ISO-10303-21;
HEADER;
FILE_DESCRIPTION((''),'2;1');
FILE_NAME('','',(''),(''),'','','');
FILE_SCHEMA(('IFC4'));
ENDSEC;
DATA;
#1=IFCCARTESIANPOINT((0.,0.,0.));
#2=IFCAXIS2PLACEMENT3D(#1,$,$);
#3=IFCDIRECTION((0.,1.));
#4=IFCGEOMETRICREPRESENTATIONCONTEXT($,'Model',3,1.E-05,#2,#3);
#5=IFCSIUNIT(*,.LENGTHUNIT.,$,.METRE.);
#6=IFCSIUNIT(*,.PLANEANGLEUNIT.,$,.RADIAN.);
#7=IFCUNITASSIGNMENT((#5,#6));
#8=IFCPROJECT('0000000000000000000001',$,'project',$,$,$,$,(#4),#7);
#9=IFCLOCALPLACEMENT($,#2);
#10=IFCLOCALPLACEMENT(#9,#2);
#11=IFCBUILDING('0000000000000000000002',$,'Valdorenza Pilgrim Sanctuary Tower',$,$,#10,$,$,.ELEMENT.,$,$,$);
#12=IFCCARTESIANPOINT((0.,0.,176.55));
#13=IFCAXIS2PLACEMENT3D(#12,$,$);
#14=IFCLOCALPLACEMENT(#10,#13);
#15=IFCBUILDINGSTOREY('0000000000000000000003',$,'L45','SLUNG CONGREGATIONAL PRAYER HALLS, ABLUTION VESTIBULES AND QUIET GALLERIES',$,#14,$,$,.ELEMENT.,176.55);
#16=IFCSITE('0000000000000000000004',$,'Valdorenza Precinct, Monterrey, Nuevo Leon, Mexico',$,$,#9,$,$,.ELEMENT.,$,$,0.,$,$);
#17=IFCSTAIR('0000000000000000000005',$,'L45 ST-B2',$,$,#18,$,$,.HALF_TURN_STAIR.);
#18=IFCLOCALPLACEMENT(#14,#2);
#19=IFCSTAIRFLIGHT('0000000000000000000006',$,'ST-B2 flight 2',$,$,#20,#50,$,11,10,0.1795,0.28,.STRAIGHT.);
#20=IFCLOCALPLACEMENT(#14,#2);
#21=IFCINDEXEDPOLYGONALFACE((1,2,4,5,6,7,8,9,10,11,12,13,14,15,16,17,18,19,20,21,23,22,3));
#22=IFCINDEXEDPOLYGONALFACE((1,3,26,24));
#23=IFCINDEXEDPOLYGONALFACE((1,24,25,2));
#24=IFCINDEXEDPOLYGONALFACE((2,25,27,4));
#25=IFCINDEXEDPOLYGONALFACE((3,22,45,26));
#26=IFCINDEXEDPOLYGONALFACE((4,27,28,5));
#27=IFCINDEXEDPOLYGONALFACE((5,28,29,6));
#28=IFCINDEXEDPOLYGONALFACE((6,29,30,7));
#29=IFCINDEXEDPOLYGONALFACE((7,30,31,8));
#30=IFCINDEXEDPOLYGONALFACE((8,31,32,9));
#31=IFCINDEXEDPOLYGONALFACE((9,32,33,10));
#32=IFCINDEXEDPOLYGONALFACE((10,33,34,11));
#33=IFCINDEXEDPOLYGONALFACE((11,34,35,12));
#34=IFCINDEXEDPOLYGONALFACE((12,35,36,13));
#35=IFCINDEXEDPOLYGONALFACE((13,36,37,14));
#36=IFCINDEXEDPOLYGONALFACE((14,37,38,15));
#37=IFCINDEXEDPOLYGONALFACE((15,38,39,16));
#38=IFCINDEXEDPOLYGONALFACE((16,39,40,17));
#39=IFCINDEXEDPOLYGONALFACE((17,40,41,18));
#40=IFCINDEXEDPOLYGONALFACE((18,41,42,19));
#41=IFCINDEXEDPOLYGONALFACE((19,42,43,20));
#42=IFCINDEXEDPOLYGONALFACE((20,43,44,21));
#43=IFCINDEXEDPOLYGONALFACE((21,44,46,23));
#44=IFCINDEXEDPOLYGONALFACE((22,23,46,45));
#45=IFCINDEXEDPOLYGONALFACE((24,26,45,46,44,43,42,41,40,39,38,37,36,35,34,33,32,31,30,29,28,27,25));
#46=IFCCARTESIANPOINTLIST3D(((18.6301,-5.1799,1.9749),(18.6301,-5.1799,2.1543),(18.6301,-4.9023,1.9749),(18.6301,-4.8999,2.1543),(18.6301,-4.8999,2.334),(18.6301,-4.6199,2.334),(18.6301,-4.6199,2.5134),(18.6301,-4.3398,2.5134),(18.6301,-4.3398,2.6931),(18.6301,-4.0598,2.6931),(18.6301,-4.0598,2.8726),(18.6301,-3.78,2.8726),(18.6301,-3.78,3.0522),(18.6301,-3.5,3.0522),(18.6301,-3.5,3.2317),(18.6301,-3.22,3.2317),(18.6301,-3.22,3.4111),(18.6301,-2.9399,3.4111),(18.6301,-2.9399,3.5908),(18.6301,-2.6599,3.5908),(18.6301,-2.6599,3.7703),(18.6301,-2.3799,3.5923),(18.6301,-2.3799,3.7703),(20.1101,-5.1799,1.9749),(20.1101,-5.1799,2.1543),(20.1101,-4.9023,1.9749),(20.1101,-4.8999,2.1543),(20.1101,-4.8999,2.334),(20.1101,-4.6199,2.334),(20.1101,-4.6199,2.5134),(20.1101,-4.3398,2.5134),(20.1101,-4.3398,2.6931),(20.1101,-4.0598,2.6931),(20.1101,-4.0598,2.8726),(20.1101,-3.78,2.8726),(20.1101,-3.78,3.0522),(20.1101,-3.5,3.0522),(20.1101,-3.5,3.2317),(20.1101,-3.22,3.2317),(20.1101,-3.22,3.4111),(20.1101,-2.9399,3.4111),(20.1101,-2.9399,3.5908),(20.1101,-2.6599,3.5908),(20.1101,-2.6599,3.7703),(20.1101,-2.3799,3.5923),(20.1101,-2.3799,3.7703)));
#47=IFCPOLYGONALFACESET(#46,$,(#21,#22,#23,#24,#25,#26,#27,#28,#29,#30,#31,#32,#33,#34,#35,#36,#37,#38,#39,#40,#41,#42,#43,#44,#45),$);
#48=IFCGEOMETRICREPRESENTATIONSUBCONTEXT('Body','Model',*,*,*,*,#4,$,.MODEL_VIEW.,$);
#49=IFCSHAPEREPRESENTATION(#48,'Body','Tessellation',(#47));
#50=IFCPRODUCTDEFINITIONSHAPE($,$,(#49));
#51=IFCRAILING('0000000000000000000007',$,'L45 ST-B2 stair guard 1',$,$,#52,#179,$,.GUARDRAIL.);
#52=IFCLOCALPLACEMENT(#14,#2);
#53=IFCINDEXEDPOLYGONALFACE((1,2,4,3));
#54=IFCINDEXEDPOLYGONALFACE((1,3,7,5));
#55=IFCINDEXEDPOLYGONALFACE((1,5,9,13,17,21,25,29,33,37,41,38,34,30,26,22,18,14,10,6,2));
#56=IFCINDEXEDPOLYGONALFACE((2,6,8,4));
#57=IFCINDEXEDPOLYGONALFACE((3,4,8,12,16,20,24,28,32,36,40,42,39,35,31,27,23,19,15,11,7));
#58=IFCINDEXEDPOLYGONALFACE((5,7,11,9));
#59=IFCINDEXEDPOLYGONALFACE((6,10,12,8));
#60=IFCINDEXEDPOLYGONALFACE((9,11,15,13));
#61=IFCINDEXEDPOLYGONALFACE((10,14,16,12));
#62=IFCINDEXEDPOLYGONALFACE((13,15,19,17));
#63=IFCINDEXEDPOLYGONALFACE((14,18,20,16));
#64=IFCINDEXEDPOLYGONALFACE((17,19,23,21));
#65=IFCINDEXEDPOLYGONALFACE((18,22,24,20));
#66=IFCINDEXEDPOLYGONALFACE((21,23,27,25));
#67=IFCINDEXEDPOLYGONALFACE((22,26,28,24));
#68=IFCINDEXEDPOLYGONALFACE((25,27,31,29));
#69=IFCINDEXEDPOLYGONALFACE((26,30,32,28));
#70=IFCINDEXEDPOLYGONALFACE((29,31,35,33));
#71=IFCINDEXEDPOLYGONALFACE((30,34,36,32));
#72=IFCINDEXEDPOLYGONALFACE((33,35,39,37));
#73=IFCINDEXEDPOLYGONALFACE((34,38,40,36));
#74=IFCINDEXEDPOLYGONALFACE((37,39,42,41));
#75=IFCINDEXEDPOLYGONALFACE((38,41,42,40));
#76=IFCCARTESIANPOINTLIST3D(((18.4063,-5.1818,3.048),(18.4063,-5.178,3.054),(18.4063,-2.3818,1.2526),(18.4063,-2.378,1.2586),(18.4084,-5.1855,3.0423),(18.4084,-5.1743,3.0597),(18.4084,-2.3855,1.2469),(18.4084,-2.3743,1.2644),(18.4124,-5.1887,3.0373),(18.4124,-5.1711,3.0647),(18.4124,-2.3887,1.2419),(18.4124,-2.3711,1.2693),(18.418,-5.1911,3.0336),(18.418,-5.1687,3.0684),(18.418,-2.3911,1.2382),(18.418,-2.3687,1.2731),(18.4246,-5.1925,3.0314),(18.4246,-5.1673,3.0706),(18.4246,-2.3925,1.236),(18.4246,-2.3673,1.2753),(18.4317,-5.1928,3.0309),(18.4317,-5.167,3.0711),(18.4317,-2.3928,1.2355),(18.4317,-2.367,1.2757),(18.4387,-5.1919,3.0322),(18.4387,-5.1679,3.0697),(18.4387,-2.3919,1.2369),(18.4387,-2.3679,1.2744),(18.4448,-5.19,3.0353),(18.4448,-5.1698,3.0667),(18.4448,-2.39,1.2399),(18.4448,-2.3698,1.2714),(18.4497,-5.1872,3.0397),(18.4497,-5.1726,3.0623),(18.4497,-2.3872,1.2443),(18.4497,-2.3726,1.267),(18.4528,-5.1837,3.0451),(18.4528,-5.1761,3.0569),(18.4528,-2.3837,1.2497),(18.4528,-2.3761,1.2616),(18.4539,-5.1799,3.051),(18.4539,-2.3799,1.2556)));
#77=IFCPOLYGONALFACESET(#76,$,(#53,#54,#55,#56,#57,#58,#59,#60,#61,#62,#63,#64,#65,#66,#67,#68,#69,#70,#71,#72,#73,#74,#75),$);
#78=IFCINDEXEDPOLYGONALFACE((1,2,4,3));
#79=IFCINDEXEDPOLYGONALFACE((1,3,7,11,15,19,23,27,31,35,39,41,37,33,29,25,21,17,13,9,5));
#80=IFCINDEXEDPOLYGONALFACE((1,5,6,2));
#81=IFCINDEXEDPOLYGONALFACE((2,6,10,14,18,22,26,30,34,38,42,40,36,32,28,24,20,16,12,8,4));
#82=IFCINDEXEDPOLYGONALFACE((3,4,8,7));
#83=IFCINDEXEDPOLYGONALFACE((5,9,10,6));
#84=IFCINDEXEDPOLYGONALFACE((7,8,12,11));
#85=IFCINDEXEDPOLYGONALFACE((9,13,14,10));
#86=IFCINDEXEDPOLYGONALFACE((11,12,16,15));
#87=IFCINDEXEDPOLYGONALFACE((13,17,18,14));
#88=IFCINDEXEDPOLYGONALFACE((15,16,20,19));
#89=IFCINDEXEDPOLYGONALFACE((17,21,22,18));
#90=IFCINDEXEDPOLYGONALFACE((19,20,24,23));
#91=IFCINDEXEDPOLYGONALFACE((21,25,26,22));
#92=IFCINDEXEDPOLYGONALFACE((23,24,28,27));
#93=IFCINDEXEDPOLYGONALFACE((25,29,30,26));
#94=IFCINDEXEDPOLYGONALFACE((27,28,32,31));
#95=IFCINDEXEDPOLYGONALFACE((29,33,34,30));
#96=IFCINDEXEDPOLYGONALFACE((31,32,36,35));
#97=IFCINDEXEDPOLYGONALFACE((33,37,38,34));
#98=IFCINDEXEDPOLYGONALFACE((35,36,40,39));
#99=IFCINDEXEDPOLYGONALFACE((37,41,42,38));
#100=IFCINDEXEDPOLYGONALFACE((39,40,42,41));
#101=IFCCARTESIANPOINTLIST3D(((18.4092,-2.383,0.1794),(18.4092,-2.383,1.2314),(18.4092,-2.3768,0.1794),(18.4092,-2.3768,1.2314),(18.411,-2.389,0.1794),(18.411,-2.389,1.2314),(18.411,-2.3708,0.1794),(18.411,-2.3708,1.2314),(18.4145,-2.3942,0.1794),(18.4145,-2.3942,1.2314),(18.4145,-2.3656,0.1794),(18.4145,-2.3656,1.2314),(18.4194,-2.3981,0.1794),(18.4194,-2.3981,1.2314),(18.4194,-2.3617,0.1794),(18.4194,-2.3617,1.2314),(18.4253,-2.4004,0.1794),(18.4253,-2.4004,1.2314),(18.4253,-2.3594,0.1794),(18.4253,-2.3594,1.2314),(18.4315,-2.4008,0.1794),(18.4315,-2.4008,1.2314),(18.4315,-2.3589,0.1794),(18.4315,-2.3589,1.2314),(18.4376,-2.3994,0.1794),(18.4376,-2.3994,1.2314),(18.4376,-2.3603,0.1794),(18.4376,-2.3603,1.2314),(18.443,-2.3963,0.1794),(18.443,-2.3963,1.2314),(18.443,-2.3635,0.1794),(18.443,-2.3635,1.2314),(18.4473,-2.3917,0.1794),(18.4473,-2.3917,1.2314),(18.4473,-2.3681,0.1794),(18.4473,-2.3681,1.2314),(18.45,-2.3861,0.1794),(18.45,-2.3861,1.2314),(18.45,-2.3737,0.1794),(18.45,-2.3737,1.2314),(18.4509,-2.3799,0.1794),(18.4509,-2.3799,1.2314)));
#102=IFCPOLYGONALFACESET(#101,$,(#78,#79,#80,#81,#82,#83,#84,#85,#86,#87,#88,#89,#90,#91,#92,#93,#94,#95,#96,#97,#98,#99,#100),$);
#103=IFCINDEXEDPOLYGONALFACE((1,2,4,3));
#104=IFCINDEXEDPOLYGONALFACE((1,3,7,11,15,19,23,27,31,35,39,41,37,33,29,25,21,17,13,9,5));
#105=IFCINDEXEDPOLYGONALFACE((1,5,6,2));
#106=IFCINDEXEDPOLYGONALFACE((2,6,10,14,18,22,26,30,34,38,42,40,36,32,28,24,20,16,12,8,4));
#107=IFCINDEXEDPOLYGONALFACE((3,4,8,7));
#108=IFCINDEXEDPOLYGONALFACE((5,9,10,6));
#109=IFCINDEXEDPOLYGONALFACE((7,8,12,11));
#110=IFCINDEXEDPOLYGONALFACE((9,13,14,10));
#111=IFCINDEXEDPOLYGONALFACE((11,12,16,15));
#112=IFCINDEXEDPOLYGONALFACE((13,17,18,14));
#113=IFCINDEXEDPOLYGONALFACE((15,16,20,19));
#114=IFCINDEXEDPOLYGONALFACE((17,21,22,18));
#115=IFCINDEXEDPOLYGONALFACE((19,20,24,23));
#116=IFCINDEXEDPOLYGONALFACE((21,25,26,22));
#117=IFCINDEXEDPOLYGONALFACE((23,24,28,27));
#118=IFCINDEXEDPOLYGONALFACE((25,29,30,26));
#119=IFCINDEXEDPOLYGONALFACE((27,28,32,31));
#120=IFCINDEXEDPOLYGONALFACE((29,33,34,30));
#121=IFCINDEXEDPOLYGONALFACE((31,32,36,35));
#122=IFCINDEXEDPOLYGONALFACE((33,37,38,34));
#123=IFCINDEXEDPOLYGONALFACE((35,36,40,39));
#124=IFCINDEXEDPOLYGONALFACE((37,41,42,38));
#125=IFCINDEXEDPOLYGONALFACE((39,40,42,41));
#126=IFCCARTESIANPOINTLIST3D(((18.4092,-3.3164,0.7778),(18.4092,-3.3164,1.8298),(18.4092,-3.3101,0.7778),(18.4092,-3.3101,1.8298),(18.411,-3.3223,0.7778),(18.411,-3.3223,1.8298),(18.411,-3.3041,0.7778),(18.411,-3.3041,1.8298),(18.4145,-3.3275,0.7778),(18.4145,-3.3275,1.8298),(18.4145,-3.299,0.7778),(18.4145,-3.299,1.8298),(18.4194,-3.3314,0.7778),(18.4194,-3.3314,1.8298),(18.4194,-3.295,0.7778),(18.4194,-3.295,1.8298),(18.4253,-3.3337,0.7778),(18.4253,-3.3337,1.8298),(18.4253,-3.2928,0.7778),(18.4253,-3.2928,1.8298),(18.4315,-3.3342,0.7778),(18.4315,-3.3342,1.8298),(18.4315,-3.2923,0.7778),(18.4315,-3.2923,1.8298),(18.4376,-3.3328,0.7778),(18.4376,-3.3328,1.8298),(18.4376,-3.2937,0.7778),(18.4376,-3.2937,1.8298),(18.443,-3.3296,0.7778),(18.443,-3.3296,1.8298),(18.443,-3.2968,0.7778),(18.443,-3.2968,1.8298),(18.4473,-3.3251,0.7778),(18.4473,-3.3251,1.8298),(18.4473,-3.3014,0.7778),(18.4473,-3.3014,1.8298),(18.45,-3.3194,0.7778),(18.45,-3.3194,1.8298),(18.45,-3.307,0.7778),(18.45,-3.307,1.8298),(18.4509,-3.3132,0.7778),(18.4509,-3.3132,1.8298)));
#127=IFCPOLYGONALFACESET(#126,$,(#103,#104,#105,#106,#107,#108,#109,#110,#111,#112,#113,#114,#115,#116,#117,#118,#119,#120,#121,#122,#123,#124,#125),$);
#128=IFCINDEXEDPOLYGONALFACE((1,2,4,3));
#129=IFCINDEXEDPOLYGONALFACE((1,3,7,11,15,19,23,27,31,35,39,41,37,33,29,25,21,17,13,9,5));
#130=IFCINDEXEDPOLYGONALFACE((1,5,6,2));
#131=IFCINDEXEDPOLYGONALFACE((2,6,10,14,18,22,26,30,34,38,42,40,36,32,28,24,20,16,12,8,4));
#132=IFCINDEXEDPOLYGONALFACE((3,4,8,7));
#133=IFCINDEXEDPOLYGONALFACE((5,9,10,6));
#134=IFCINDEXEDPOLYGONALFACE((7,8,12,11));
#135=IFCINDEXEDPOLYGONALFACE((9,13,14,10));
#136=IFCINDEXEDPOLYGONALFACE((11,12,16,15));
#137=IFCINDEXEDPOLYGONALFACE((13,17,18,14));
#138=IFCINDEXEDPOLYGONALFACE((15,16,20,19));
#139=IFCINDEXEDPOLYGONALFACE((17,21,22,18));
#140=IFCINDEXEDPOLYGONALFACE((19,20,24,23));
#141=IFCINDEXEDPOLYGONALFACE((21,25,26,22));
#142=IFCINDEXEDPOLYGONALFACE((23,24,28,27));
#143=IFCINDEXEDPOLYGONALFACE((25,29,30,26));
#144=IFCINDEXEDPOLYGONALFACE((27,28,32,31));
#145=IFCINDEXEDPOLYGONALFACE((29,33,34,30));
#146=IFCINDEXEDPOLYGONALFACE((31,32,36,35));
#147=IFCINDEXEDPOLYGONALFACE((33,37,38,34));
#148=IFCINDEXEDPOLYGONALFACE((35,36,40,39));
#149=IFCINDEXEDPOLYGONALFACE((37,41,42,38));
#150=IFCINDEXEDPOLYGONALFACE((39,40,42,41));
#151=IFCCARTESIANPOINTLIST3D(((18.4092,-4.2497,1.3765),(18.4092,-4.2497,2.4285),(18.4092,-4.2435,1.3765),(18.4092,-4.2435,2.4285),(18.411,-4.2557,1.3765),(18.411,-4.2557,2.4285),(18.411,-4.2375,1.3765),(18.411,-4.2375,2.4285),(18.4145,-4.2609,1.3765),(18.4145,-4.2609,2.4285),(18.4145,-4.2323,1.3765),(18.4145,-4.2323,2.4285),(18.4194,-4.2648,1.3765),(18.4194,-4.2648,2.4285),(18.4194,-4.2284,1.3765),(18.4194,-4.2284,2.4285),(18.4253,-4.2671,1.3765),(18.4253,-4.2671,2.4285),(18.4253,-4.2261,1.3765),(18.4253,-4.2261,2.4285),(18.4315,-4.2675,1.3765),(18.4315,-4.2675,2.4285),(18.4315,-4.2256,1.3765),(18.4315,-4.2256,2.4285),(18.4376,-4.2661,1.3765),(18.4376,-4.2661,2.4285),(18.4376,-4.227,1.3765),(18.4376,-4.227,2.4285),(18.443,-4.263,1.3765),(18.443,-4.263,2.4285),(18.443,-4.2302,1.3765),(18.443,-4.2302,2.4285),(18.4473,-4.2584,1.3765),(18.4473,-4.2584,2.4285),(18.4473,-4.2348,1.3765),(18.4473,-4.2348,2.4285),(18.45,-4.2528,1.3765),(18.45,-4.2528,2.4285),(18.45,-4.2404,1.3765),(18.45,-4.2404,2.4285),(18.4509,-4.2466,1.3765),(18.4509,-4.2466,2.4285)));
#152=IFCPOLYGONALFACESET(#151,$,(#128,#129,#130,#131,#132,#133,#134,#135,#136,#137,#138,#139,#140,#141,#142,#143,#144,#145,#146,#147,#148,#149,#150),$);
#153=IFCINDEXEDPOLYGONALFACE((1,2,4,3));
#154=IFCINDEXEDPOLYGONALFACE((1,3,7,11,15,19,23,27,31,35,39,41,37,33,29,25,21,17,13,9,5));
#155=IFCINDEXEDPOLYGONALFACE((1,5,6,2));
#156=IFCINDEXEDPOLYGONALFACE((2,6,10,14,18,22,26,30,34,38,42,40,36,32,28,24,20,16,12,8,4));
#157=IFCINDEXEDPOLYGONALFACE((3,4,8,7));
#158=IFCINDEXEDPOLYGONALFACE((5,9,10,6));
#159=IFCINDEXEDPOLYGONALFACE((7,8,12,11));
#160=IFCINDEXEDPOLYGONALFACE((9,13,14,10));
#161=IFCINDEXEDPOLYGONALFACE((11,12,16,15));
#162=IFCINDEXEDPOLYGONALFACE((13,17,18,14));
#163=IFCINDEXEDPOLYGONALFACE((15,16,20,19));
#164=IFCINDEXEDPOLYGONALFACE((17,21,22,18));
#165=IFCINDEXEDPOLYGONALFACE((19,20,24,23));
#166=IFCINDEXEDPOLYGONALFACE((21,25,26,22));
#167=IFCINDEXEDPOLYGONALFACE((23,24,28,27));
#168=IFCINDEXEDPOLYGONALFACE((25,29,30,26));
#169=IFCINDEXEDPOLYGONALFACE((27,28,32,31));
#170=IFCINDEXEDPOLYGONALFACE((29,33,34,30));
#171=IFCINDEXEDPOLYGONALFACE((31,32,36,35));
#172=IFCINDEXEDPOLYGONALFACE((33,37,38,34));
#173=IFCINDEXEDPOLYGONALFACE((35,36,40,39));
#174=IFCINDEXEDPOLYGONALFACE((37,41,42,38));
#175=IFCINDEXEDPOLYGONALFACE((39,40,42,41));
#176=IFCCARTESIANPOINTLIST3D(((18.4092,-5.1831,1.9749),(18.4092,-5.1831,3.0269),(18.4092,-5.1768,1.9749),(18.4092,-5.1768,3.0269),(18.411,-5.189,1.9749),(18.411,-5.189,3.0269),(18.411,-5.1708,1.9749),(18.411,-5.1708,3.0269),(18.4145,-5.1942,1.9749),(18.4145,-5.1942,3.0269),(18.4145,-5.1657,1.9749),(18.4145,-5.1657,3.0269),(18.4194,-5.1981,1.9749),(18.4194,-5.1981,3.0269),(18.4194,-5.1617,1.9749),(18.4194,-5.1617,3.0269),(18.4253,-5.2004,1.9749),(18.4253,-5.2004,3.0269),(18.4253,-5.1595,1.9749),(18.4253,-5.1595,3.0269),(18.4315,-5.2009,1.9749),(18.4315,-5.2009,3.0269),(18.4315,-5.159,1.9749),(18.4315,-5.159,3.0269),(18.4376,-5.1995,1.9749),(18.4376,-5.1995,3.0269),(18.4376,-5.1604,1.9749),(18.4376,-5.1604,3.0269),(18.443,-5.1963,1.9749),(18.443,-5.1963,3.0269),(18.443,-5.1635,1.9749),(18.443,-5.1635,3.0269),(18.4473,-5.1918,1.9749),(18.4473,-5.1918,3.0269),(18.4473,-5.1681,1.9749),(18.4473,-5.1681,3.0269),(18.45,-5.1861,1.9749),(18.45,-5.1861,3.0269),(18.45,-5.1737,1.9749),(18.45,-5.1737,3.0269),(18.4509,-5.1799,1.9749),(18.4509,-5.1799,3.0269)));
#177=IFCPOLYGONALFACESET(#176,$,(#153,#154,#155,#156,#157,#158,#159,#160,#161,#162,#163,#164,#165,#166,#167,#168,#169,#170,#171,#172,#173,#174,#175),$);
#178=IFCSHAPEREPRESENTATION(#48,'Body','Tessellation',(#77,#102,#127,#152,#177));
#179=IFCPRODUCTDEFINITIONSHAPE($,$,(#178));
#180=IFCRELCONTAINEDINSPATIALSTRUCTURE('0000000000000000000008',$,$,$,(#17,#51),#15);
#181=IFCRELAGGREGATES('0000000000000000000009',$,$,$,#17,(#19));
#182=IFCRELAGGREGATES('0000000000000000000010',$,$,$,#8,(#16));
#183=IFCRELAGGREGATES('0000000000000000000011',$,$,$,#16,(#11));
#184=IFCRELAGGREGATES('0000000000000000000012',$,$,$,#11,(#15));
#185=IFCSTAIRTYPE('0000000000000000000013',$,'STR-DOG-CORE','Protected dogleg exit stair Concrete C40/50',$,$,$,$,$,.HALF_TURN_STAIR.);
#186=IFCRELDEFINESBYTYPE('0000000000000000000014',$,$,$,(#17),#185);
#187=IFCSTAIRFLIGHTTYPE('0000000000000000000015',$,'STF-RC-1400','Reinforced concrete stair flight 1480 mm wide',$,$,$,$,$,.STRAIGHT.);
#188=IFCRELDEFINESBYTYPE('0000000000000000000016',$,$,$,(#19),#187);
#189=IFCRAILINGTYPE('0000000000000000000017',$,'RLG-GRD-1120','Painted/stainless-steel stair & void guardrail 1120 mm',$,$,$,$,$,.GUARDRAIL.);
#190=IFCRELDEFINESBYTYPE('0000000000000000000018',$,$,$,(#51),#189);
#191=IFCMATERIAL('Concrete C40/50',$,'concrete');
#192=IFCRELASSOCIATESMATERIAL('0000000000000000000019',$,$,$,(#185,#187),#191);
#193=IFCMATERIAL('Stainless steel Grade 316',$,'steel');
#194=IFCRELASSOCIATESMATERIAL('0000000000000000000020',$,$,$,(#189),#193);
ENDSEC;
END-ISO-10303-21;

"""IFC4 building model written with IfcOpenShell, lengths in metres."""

from ifc_helpers import new_model, si_unit, direction, frame, origin, origin_2d, place, context, subcontext, project, spatial, polyline, circle, outline, extrude, material, type_object, element, aggregate, save


model = new_model("IFC4")

# Units and contexts
model_context = context("Model", 3, precision=1e-05, world=origin(), true_north=direction((0.0, 1.0)))
body_context = subcontext(model_context, "Body", "Model", "MODEL_VIEW")
ifc_project = project(units=[si_unit("LENGTHUNIT", "METRE"), si_unit("PLANEANGLEUNIT", "RADIAN")], contexts=[model_context])

# Site, building, storey
site_placement = place(None, origin())
site = spatial("IfcSite", under=ifc_project, at=site_placement, Name="Valdorenza Precinct, Monterrey, Nuevo Leon, Mexico", CompositionType="ELEMENT", RefElevation=0.0)
building_placement = place(site_placement, origin())
building = spatial("IfcBuilding", under=site, at=building_placement, Name="Valdorenza Pilgrim Sanctuary Tower", CompositionType="ELEMENT")
storey_placement = place(building_placement, frame((0.0, 0.0, 176.55)))
storey = spatial("IfcBuildingStorey", under=building, at=storey_placement, Name="L45", Description="SLUNG CONGREGATIONAL PRAYER HALLS, ABLUTION VESTIBULES AND QUIET GALLERIES", CompositionType="ELEMENT", Elevation=176.55)

# Shared definitions
ifc_material_1 = material(Name="Concrete C40/50", Category="concrete")

# Stair, stair flight
stair_type = type_object("IfcStairType", Name="STR-DOG-CORE", Description="Protected dogleg exit stair Concrete C40/50", PredefinedType="HALF_TURN_STAIR", material=ifc_material_1)
stair_placement = place(storey_placement, origin())
stair = element("IfcStair", 1, at=stair_placement, inside=storey, type_object=stair_type, Name="L45 ST-B2", PredefinedType="HALF_TURN_STAIR")
stair_flight_type = type_object("IfcStairFlightType", Name="STF-RC-1400", Description="Reinforced concrete stair flight 1480 mm wide", PredefinedType="STRAIGHT", material=ifc_material_1)
stair_flight_1_placement = place(storey_placement, frame((19.3701, -5.1799, 1.9749), z_axis=(0.0, 0.0, 1.0), x_axis=(0.0, 1.0, 0.0)))
stair_flight_1 = element("IfcStairFlight", 2, at=stair_flight_1_placement, type_object=stair_flight_type, Name="ST-B2 flight 2", NumberOfRisers=11, NumberOfTreads=10, PredefinedType="STRAIGHT", RiserHeight=0.1795, TreadLength=0.28, context=body_context, shape_type="SweptSolid", body=[
    extrude(outline(polyline([(0.0, 0.0), (0.0, 0.1794), (0.28, 0.1794), (0.28, 0.3591), (0.5601, 0.3591), (0.5601, 0.5386), (0.8401, 0.5386), (0.8401, 0.7183), (1.1201, 0.7183), (1.1201, 0.8977), (1.3999, 0.8977), (1.3999, 1.0774), (1.6799, 1.0774), (1.6799, 1.2568), (1.96, 1.2568), (1.96, 1.4363), (2.24, 1.4363), (2.24, 1.616), (2.52, 1.616), (2.52, 1.7954), (2.8, 1.7954), (2.8, 1.9751), (2.8, 1.6174), (0.2776, 0.0), (0.0, 0.0)])), frame((0.0, 0.74, 0.0), z_axis=(0.0, -1.0, 0.0), x_axis=(1.0, 0.0, 0.0)), (0.0, 0.0, 1.0), 1.48),
])
aggregate(stair, [stair_flight_1])

# Railing
ifc_material_2 = material(Name="Stainless steel Grade 316", Category="steel")
railing_type_1 = type_object("IfcRailingType", Name="RLG-GRD-1120", Description="Painted/stainless-steel stair & void guardrail 1120 mm", PredefinedType="GUARDRAIL", material=ifc_material_2)
railing_1_placement = place(storey_placement, frame((18.4299, -2.3799, 0.1794)))
element("IfcRailing", 3, at=railing_1_placement, inside=storey, type_object=railing_type_1, Name="L45 ST-B2 stair guard 1", PredefinedType="GUARDRAIL", context=body_context, shape_type="SweptSolid", body=[
    extrude(circle(Radius=0.0239, at=origin_2d()), frame((0.0, 0.0, 1.0762), z_axis=(0.0, -0.84181, 0.539774), x_axis=(1.0, 0.0, 0.0)), (0.0, 0.0, 1.0), 3.3262),
    extrude(circle(Radius=0.021, at=origin_2d()), origin(), (0.0, 0.0, 1.0), 1.052),
    extrude(circle(Radius=0.021, at=origin_2d()), frame((0.0, -0.9333, 0.5984)), (0.0, 0.0, 1.0), 1.052),
    extrude(circle(Radius=0.021, at=origin_2d()), frame((0.0, -1.8667, 1.197)), (0.0, 0.0, 1.0), 1.052),
    extrude(circle(Radius=0.021, at=origin_2d()), frame((0.0, -2.8, 1.7954)), (0.0, 0.0, 1.0), 1.052),
])

save(model, "model.ifc")
